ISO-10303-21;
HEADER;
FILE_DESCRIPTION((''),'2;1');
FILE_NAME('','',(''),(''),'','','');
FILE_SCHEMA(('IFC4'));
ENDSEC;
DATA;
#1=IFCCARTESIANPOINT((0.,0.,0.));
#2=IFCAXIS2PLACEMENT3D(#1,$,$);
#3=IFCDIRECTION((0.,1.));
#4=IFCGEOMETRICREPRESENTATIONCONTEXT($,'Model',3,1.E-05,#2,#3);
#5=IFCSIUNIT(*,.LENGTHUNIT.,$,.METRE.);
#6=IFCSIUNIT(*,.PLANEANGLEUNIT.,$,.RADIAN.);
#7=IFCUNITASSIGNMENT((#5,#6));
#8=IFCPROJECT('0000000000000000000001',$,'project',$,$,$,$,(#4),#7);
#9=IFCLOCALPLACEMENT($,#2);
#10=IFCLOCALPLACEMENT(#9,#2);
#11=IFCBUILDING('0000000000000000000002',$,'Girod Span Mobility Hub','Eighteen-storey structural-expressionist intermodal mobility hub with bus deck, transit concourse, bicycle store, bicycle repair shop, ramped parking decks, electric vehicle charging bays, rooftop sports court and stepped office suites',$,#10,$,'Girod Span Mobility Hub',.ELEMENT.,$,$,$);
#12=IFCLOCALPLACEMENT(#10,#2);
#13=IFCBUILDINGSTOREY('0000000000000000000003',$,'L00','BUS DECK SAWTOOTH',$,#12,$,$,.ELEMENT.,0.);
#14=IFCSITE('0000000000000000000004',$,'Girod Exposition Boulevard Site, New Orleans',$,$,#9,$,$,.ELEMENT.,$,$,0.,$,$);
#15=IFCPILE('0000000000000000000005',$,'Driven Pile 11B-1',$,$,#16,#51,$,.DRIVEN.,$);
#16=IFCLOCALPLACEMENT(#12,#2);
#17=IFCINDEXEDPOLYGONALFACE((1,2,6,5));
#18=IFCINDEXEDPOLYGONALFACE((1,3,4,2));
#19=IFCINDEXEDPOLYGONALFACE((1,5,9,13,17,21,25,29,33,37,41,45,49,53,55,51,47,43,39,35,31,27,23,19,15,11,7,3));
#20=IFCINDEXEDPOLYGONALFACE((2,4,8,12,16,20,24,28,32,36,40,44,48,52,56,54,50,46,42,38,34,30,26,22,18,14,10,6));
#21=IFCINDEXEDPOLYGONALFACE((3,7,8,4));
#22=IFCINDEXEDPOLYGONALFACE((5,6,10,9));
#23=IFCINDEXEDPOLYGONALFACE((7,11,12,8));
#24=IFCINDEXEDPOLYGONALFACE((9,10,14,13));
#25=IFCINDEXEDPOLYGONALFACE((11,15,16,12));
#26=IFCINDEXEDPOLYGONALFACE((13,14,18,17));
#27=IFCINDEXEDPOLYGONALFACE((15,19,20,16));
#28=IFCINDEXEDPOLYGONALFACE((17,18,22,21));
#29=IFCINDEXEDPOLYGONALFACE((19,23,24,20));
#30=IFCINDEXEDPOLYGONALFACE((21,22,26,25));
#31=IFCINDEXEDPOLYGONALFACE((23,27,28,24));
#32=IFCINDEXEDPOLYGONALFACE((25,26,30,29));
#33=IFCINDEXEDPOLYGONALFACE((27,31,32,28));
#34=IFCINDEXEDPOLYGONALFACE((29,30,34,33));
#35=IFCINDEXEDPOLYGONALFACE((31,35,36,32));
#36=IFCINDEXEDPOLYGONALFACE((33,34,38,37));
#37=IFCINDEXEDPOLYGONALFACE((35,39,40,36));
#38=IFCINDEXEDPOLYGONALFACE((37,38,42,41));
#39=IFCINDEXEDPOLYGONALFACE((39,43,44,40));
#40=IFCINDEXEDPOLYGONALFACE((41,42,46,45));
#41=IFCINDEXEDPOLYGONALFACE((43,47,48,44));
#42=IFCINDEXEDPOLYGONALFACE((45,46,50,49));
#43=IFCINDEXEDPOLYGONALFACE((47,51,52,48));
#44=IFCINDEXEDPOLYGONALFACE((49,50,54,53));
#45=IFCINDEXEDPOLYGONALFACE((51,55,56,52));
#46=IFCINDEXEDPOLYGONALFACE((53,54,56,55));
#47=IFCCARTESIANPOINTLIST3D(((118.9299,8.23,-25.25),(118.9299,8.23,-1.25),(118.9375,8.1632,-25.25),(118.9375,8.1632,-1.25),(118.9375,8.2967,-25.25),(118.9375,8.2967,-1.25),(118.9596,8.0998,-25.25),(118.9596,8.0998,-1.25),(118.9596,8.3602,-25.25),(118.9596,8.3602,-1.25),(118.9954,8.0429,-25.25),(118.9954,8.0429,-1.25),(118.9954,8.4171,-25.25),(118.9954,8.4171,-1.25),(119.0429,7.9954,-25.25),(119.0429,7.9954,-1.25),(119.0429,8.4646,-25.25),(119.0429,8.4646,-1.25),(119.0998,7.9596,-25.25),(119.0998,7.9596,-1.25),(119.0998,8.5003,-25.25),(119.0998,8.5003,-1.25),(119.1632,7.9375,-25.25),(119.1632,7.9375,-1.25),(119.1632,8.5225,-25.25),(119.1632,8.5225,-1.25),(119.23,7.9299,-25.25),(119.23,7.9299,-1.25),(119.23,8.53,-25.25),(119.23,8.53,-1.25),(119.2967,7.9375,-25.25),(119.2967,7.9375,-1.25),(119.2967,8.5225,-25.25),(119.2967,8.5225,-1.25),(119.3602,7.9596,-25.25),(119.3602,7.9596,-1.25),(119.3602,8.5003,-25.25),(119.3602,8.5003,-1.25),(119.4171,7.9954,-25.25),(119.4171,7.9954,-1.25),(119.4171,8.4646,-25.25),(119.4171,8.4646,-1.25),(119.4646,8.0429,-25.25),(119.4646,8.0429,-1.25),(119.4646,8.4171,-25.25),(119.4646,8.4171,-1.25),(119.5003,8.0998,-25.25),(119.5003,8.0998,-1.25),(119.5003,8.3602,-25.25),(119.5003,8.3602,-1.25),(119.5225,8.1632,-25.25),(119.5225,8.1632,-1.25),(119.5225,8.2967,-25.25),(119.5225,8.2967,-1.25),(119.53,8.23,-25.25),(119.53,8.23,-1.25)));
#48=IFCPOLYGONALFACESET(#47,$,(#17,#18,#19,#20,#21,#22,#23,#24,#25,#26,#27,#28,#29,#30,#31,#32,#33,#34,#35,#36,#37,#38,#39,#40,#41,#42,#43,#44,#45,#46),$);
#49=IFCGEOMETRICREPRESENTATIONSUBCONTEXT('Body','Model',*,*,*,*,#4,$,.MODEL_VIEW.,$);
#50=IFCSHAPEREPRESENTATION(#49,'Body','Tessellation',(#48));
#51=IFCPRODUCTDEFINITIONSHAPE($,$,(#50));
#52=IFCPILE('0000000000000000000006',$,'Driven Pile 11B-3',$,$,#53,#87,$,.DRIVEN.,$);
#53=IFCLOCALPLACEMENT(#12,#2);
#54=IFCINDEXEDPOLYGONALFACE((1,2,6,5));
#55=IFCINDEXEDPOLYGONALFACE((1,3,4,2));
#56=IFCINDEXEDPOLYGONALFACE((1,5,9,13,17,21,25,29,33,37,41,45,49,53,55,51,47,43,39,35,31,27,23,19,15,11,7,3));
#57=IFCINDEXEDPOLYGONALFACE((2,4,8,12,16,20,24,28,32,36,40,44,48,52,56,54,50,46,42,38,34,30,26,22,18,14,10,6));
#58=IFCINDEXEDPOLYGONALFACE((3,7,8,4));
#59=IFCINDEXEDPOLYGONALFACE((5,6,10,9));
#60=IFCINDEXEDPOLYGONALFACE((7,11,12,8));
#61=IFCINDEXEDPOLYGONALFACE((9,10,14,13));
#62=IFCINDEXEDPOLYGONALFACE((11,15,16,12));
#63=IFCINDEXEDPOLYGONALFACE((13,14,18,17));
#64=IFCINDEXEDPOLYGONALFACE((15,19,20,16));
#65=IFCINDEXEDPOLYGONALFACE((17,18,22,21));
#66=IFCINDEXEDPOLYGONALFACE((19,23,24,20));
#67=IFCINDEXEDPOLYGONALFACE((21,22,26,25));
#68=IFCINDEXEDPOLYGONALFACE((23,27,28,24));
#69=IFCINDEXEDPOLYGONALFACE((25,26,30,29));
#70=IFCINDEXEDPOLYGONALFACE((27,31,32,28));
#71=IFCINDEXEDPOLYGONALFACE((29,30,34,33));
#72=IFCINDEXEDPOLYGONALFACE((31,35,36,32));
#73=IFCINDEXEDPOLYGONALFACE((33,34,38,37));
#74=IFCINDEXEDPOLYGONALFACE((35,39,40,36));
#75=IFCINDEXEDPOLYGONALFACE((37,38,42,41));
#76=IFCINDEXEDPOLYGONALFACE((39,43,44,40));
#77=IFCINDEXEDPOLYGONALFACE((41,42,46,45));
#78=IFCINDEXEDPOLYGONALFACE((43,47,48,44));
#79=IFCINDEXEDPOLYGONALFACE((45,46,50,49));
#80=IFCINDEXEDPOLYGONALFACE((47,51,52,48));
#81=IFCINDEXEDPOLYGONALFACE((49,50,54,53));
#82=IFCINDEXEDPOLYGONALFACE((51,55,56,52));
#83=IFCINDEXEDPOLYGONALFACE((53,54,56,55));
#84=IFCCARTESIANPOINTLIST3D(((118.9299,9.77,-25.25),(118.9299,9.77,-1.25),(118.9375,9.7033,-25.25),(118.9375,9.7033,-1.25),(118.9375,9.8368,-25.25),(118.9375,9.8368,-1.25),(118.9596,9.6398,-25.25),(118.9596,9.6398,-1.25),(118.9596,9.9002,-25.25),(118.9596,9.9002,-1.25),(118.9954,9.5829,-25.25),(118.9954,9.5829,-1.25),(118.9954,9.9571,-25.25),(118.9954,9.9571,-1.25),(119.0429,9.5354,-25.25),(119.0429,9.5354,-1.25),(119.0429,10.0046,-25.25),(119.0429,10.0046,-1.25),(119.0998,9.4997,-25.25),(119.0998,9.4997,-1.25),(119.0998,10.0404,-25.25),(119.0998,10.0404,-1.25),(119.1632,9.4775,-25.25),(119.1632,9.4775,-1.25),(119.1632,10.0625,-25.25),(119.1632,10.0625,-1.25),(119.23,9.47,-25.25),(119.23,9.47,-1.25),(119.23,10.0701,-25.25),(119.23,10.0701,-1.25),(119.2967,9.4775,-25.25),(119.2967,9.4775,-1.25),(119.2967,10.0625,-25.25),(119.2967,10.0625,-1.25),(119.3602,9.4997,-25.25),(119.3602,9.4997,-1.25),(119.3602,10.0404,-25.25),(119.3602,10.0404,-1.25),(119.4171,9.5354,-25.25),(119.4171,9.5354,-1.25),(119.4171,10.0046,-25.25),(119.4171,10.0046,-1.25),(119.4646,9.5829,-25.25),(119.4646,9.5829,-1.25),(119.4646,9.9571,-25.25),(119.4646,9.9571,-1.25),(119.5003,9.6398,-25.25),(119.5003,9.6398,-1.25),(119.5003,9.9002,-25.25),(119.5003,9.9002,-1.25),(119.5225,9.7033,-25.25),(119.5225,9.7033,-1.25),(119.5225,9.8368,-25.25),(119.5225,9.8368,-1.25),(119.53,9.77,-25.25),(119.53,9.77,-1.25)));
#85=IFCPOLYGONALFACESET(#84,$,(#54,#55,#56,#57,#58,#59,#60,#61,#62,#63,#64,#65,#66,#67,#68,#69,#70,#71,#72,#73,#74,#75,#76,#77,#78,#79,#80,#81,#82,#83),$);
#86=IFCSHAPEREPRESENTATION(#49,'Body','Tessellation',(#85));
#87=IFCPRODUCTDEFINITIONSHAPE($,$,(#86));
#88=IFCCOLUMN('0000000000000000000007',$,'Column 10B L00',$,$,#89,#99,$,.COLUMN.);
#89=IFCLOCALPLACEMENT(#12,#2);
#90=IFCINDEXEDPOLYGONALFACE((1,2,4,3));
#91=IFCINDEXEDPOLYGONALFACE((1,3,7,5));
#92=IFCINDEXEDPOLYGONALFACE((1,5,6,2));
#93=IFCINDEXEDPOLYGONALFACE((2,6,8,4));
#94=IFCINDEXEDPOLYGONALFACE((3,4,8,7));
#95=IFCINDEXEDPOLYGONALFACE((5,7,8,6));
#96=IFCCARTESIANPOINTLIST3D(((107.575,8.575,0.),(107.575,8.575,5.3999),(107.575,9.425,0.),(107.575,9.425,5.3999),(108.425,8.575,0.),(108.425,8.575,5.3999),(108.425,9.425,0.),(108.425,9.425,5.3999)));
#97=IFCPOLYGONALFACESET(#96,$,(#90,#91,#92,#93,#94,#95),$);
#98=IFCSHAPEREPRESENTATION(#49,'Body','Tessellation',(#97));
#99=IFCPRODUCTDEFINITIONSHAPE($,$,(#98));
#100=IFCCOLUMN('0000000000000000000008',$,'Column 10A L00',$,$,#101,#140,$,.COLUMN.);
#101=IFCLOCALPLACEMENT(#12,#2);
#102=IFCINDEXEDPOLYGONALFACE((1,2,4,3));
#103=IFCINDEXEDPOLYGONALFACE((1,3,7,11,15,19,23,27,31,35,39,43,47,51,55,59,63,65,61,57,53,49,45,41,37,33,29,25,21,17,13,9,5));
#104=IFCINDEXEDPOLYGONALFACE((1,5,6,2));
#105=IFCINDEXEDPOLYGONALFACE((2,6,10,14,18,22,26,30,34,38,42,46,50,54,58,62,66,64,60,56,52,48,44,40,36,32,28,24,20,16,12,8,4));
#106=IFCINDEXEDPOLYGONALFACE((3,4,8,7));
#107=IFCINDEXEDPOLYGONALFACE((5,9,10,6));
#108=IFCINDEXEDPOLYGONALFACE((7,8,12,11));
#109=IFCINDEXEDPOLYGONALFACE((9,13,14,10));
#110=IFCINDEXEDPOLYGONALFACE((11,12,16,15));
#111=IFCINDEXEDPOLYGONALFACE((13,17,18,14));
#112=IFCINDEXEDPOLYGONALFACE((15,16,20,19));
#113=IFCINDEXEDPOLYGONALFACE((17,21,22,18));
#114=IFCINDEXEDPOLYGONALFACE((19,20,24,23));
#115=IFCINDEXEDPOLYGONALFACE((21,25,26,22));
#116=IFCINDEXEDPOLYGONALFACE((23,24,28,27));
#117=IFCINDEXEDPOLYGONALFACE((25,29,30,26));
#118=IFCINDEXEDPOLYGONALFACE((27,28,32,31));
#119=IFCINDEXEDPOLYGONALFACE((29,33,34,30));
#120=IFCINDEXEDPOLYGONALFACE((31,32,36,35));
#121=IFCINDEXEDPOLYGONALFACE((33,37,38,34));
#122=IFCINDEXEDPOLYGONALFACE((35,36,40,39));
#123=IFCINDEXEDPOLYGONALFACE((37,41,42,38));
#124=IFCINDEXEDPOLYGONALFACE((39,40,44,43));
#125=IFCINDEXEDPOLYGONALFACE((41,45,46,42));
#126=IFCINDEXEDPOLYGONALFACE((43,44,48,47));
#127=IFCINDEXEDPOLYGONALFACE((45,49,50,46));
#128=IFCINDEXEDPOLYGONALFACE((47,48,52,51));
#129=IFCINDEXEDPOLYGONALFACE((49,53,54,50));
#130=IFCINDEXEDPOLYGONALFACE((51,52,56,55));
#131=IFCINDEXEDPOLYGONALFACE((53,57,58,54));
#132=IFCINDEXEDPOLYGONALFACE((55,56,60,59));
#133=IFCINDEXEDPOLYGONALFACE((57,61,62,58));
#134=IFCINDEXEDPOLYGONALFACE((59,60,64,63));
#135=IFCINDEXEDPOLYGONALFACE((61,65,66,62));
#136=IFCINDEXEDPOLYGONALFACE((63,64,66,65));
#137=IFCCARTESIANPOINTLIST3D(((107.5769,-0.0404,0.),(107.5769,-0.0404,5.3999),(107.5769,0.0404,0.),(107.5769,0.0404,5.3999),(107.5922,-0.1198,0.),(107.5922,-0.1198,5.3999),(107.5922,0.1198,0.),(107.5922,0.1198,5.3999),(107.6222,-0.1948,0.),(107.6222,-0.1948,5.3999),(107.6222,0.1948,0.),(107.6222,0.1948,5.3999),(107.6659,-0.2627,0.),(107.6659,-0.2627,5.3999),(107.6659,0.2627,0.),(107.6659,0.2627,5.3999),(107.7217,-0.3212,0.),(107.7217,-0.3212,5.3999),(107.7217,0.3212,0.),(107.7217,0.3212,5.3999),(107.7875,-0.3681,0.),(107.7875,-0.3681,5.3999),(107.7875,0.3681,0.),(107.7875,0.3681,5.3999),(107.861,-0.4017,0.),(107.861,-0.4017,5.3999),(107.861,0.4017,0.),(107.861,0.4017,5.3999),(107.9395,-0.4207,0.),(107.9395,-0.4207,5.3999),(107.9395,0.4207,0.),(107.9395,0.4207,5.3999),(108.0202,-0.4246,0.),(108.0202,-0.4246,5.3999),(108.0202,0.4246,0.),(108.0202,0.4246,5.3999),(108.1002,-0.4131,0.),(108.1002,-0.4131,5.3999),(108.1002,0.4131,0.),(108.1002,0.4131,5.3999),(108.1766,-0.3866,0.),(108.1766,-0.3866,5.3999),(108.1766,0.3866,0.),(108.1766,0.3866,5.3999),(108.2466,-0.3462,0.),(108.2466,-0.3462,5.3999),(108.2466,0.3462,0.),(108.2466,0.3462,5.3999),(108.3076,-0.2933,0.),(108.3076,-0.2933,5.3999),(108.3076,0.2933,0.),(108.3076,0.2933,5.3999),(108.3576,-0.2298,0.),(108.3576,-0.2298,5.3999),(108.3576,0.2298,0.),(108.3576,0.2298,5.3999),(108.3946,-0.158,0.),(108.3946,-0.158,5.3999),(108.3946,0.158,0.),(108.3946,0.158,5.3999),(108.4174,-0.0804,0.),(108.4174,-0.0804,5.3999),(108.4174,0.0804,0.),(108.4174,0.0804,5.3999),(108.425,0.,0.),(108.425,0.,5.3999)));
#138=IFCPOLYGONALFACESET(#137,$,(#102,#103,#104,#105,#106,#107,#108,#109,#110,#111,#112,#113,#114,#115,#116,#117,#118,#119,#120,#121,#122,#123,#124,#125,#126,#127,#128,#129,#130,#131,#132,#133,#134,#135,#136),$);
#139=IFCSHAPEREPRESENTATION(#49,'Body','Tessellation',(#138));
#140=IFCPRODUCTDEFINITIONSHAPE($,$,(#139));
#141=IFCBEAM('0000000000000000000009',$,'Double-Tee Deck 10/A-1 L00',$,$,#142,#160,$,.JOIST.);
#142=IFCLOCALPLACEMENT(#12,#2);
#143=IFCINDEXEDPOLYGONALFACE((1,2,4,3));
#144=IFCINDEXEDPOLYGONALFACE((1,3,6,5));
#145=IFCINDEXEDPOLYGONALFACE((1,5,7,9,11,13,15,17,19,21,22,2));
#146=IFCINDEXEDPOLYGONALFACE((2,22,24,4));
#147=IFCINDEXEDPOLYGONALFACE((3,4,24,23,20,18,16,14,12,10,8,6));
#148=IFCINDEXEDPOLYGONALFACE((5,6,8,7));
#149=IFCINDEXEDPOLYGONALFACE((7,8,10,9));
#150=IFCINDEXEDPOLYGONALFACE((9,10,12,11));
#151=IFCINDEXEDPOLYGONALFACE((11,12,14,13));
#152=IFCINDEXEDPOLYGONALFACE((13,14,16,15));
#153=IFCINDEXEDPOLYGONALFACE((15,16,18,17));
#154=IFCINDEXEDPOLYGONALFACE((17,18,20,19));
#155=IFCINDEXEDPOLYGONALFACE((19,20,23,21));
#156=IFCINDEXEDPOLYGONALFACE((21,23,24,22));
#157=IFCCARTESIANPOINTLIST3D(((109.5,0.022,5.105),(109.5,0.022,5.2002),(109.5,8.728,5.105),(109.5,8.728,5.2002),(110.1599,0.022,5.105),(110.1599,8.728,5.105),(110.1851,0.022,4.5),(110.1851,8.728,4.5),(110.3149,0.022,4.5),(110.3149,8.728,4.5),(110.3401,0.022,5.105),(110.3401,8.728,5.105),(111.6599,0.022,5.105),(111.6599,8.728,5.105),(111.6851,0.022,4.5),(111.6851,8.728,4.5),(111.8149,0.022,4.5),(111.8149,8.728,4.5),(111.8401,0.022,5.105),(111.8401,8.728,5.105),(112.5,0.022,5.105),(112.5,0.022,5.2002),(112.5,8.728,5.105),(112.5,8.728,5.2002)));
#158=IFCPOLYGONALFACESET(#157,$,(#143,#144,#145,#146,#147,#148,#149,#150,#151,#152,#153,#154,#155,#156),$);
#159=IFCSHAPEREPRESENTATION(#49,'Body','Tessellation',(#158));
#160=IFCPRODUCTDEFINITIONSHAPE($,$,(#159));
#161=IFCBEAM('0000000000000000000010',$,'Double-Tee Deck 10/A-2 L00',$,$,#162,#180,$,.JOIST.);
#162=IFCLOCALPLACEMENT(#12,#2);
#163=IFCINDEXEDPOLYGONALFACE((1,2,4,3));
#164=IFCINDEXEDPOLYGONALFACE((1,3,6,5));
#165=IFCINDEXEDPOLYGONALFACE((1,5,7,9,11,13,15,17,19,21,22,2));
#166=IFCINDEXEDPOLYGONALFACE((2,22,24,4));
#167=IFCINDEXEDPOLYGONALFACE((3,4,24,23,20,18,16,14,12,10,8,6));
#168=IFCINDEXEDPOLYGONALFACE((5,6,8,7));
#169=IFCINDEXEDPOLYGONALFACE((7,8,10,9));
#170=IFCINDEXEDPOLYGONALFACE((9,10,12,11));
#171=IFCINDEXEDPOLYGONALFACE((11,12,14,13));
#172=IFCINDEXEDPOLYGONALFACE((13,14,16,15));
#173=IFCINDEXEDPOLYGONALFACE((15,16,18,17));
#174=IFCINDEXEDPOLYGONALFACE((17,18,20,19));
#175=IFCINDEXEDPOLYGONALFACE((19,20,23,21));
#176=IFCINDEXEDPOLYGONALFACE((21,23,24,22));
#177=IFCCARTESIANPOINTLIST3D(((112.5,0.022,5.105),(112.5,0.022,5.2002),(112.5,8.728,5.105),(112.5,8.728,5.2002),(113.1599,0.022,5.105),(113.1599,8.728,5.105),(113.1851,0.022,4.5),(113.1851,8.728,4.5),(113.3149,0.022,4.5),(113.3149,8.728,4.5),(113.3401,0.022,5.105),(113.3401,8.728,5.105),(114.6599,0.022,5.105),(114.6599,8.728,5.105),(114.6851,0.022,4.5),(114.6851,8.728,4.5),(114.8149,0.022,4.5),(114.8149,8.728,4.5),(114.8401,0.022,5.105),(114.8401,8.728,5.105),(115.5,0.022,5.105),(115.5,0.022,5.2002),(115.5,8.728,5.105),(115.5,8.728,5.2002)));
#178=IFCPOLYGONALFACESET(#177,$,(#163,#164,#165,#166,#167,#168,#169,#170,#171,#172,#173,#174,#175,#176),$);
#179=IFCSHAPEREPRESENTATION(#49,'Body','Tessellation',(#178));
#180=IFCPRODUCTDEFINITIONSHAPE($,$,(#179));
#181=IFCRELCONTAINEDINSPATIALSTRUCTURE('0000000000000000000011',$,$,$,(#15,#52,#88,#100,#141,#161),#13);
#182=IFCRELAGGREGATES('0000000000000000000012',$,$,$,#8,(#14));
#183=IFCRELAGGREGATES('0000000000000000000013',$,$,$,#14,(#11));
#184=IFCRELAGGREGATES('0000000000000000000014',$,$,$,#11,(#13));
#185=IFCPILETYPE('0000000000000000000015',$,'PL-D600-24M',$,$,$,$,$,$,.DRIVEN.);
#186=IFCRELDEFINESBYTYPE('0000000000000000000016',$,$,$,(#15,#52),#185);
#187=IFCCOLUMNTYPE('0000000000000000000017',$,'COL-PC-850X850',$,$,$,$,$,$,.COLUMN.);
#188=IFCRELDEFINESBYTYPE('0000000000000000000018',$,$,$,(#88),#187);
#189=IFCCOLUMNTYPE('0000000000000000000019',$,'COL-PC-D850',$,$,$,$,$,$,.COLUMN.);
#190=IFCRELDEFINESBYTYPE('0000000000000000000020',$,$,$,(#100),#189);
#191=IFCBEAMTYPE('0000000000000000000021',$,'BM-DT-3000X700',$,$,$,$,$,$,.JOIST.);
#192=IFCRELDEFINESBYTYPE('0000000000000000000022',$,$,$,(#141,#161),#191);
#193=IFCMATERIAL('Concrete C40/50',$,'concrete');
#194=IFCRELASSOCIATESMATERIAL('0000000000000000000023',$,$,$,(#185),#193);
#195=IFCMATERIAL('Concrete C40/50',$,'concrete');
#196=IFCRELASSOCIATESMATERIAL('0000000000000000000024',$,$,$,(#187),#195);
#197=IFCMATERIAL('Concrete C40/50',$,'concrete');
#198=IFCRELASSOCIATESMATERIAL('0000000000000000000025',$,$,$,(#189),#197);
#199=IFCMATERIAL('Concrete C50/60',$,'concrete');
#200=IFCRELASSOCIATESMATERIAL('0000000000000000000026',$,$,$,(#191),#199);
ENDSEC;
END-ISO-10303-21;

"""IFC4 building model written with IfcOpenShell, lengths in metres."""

from ifc_helpers import new_model, si_unit, direction, frame, origin, origin_2d, place, context, subcontext, project, spatial, polyline, rectangle, circle, outline, extrude, material, material_profile, profile_set, type_object, element, save


model = new_model("IFC4")

# Units and contexts
model_context = context("Model", 3, precision=1e-05, world=origin(), true_north=direction((0.0, 1.0)))
body_context = subcontext(model_context, "Body", "Model", "MODEL_VIEW")
ifc_project = project(units=[si_unit("LENGTHUNIT", "METRE"), si_unit("PLANEANGLEUNIT", "RADIAN")], contexts=[model_context])

# Site, building, storey
site_placement = place(None, origin())
site = spatial("IfcSite", under=ifc_project, at=site_placement, Name="Girod Exposition Boulevard Site, New Orleans", CompositionType="ELEMENT", RefElevation=0.0)
building_placement = place(site_placement, origin())
building = spatial("IfcBuilding", under=site, at=building_placement, Name="Girod Span Mobility Hub", Description="Eighteen-storey structural-expressionist intermodal mobility hub with bus deck, transit concourse, bicycle store, bicycle repair shop, ramped parking decks, electric vehicle charging bays, rooftop sports court and stepped office suites", LongName="Girod Span Mobility Hub", CompositionType="ELEMENT")
storey_placement = place(building_placement, origin())
storey = spatial("IfcBuildingStorey", under=building, at=storey_placement, Name="L00", Description="BUS DECK SAWTOOTH", CompositionType="ELEMENT", Elevation=0.0)

# Piles
ifc_material_1 = material(Name="Concrete C40/50", Category="concrete")
ifc_material_profile_1 = material_profile(ifc_material_1, circle(Radius=0.3, at=origin_2d()), Name="PILE-D600")
ifc_profile_set_1 = profile_set([ifc_material_profile_1], Name="Concrete C40/50")
pile_type_1 = type_object("IfcPileType", Name="PL-D600-24M", PredefinedType="DRIVEN", material=ifc_profile_set_1)
for number, where, z_axis, x_axis, name in (
    (1, (119.23, 8.23, -1.25), (0.0, 0.0, -1.0), (1.0, 0.0, 0.0), "Driven Pile 11B-1"),
    (2, (119.23, 9.77, -1.25), (0.0, 0.0, -1.0), (1.0, 0.0, 0.0), "Driven Pile 11B-3"),
):
    element("IfcPile", number, at=place(storey_placement, frame(where, z_axis=z_axis, x_axis=x_axis)), inside=storey, type_object=pile_type_1, Name=name, PredefinedType="DRIVEN", context=body_context, shape_type="SweptSolid", body=[
        extrude(circle(Radius=0.3, at=origin_2d()), origin(), (0.0, 0.0, 1.0), 24.0),
    ])

# Columns
ifc_material_2 = material(Name="Concrete C40/50", Category="concrete")
ifc_material_profile_2 = material_profile(ifc_material_2, rectangle(XDim=0.8501, YDim=0.8501, at=origin_2d()), Name="PC-COL-850X850")
ifc_profile_set_2 = profile_set([ifc_material_profile_2], Name="Concrete C40/50")
column_type_1 = type_object("IfcColumnType", Name="COL-PC-850X850", PredefinedType="COLUMN", material=ifc_profile_set_2)
column_1_placement = place(storey_placement, frame((108.0, 9.0, 0.0), z_axis=(0.0, 0.0, 1.0), x_axis=(1.0, 0.0, 0.0)))
element("IfcColumn", 3, at=column_1_placement, inside=storey, type_object=column_type_1, Name="Column 10B L00", PredefinedType="COLUMN", context=body_context, shape_type="SweptSolid", body=[
    extrude(rectangle(XDim=0.8501, YDim=0.8501, at=origin_2d()), origin(), (0.0, 0.0, 1.0), 5.3999),
])
ifc_material_3 = material(Name="Concrete C40/50", Category="concrete")
ifc_material_profile_3 = material_profile(ifc_material_3, circle(Radius=0.425, at=origin_2d()), Name="PC-CIR-D850")
ifc_profile_set_3 = profile_set([ifc_material_profile_3], Name="Concrete C40/50")
column_type_2 = type_object("IfcColumnType", Name="COL-PC-D850", PredefinedType="COLUMN", material=ifc_profile_set_3)
column_2_placement = place(storey_placement, frame((108.0, 0.0, 0.0), z_axis=(0.0, 0.0, 1.0), x_axis=(1.0, 0.0, 0.0)))
element("IfcColumn", 4, at=column_2_placement, inside=storey, type_object=column_type_2, Name="Column 10A L00", PredefinedType="COLUMN", context=body_context, shape_type="SweptSolid", body=[
    extrude(circle(Radius=0.425, at=origin_2d()), origin(), (0.0, 0.0, 1.0), 5.3999),
])

# Beams
ifc_material_4 = material(Name="Concrete C50/60", Category="concrete")
ifc_material_profile_4 = material_profile(ifc_material_4, outline(polyline([(-1.5, 0.3501), (-1.5, 0.2549), (-0.8401, 0.2549), (-0.8149, -0.3501), (-0.6851, -0.3501), (-0.6599, 0.2549), (0.6599, 0.2549), (0.6851, -0.3501), (0.8149, -0.3501), (0.8401, 0.2549), (1.5, 0.2549), (1.5, 0.3501), (-1.5, 0.3501)])), Name="DT-3000X700")
ifc_profile_set_4 = profile_set([ifc_material_profile_4], Name="Concrete C50/60")
beam_type_1 = type_object("IfcBeamType", Name="BM-DT-3000X700", PredefinedType="JOIST", material=ifc_profile_set_4)
for number, where, z_axis, x_axis, name in (
    (5, (111.0, 0.022, 4.8501), (0.0, 1.0, 0.0), (-1.0, 0.0, 0.0), "Double-Tee Deck 10/A-1 L00"),
    (6, (114.0, 0.022, 4.8501), (0.0, 1.0, 0.0), (-1.0, 0.0, 0.0), "Double-Tee Deck 10/A-2 L00"),
):
    element("IfcBeam", number, at=place(storey_placement, frame(where, z_axis=z_axis, x_axis=x_axis)), inside=storey, type_object=beam_type_1, Name=name, PredefinedType="JOIST", context=body_context, shape_type="SweptSolid", body=[
        extrude(outline(polyline([(-1.5, 0.3501), (-1.5, 0.2549), (-0.8401, 0.2549), (-0.8149, -0.3501), (-0.6851, -0.3501), (-0.6599, 0.2549), (0.6599, 0.2549), (0.6851, -0.3501), (0.8149, -0.3501), (0.8401, 0.2549), (1.5, 0.2549), (1.5, 0.3501), (-1.5, 0.3501)])), origin(), (0.0, 0.0, 1.0), 8.7061),
    ])

save(model, "model.ifc")
